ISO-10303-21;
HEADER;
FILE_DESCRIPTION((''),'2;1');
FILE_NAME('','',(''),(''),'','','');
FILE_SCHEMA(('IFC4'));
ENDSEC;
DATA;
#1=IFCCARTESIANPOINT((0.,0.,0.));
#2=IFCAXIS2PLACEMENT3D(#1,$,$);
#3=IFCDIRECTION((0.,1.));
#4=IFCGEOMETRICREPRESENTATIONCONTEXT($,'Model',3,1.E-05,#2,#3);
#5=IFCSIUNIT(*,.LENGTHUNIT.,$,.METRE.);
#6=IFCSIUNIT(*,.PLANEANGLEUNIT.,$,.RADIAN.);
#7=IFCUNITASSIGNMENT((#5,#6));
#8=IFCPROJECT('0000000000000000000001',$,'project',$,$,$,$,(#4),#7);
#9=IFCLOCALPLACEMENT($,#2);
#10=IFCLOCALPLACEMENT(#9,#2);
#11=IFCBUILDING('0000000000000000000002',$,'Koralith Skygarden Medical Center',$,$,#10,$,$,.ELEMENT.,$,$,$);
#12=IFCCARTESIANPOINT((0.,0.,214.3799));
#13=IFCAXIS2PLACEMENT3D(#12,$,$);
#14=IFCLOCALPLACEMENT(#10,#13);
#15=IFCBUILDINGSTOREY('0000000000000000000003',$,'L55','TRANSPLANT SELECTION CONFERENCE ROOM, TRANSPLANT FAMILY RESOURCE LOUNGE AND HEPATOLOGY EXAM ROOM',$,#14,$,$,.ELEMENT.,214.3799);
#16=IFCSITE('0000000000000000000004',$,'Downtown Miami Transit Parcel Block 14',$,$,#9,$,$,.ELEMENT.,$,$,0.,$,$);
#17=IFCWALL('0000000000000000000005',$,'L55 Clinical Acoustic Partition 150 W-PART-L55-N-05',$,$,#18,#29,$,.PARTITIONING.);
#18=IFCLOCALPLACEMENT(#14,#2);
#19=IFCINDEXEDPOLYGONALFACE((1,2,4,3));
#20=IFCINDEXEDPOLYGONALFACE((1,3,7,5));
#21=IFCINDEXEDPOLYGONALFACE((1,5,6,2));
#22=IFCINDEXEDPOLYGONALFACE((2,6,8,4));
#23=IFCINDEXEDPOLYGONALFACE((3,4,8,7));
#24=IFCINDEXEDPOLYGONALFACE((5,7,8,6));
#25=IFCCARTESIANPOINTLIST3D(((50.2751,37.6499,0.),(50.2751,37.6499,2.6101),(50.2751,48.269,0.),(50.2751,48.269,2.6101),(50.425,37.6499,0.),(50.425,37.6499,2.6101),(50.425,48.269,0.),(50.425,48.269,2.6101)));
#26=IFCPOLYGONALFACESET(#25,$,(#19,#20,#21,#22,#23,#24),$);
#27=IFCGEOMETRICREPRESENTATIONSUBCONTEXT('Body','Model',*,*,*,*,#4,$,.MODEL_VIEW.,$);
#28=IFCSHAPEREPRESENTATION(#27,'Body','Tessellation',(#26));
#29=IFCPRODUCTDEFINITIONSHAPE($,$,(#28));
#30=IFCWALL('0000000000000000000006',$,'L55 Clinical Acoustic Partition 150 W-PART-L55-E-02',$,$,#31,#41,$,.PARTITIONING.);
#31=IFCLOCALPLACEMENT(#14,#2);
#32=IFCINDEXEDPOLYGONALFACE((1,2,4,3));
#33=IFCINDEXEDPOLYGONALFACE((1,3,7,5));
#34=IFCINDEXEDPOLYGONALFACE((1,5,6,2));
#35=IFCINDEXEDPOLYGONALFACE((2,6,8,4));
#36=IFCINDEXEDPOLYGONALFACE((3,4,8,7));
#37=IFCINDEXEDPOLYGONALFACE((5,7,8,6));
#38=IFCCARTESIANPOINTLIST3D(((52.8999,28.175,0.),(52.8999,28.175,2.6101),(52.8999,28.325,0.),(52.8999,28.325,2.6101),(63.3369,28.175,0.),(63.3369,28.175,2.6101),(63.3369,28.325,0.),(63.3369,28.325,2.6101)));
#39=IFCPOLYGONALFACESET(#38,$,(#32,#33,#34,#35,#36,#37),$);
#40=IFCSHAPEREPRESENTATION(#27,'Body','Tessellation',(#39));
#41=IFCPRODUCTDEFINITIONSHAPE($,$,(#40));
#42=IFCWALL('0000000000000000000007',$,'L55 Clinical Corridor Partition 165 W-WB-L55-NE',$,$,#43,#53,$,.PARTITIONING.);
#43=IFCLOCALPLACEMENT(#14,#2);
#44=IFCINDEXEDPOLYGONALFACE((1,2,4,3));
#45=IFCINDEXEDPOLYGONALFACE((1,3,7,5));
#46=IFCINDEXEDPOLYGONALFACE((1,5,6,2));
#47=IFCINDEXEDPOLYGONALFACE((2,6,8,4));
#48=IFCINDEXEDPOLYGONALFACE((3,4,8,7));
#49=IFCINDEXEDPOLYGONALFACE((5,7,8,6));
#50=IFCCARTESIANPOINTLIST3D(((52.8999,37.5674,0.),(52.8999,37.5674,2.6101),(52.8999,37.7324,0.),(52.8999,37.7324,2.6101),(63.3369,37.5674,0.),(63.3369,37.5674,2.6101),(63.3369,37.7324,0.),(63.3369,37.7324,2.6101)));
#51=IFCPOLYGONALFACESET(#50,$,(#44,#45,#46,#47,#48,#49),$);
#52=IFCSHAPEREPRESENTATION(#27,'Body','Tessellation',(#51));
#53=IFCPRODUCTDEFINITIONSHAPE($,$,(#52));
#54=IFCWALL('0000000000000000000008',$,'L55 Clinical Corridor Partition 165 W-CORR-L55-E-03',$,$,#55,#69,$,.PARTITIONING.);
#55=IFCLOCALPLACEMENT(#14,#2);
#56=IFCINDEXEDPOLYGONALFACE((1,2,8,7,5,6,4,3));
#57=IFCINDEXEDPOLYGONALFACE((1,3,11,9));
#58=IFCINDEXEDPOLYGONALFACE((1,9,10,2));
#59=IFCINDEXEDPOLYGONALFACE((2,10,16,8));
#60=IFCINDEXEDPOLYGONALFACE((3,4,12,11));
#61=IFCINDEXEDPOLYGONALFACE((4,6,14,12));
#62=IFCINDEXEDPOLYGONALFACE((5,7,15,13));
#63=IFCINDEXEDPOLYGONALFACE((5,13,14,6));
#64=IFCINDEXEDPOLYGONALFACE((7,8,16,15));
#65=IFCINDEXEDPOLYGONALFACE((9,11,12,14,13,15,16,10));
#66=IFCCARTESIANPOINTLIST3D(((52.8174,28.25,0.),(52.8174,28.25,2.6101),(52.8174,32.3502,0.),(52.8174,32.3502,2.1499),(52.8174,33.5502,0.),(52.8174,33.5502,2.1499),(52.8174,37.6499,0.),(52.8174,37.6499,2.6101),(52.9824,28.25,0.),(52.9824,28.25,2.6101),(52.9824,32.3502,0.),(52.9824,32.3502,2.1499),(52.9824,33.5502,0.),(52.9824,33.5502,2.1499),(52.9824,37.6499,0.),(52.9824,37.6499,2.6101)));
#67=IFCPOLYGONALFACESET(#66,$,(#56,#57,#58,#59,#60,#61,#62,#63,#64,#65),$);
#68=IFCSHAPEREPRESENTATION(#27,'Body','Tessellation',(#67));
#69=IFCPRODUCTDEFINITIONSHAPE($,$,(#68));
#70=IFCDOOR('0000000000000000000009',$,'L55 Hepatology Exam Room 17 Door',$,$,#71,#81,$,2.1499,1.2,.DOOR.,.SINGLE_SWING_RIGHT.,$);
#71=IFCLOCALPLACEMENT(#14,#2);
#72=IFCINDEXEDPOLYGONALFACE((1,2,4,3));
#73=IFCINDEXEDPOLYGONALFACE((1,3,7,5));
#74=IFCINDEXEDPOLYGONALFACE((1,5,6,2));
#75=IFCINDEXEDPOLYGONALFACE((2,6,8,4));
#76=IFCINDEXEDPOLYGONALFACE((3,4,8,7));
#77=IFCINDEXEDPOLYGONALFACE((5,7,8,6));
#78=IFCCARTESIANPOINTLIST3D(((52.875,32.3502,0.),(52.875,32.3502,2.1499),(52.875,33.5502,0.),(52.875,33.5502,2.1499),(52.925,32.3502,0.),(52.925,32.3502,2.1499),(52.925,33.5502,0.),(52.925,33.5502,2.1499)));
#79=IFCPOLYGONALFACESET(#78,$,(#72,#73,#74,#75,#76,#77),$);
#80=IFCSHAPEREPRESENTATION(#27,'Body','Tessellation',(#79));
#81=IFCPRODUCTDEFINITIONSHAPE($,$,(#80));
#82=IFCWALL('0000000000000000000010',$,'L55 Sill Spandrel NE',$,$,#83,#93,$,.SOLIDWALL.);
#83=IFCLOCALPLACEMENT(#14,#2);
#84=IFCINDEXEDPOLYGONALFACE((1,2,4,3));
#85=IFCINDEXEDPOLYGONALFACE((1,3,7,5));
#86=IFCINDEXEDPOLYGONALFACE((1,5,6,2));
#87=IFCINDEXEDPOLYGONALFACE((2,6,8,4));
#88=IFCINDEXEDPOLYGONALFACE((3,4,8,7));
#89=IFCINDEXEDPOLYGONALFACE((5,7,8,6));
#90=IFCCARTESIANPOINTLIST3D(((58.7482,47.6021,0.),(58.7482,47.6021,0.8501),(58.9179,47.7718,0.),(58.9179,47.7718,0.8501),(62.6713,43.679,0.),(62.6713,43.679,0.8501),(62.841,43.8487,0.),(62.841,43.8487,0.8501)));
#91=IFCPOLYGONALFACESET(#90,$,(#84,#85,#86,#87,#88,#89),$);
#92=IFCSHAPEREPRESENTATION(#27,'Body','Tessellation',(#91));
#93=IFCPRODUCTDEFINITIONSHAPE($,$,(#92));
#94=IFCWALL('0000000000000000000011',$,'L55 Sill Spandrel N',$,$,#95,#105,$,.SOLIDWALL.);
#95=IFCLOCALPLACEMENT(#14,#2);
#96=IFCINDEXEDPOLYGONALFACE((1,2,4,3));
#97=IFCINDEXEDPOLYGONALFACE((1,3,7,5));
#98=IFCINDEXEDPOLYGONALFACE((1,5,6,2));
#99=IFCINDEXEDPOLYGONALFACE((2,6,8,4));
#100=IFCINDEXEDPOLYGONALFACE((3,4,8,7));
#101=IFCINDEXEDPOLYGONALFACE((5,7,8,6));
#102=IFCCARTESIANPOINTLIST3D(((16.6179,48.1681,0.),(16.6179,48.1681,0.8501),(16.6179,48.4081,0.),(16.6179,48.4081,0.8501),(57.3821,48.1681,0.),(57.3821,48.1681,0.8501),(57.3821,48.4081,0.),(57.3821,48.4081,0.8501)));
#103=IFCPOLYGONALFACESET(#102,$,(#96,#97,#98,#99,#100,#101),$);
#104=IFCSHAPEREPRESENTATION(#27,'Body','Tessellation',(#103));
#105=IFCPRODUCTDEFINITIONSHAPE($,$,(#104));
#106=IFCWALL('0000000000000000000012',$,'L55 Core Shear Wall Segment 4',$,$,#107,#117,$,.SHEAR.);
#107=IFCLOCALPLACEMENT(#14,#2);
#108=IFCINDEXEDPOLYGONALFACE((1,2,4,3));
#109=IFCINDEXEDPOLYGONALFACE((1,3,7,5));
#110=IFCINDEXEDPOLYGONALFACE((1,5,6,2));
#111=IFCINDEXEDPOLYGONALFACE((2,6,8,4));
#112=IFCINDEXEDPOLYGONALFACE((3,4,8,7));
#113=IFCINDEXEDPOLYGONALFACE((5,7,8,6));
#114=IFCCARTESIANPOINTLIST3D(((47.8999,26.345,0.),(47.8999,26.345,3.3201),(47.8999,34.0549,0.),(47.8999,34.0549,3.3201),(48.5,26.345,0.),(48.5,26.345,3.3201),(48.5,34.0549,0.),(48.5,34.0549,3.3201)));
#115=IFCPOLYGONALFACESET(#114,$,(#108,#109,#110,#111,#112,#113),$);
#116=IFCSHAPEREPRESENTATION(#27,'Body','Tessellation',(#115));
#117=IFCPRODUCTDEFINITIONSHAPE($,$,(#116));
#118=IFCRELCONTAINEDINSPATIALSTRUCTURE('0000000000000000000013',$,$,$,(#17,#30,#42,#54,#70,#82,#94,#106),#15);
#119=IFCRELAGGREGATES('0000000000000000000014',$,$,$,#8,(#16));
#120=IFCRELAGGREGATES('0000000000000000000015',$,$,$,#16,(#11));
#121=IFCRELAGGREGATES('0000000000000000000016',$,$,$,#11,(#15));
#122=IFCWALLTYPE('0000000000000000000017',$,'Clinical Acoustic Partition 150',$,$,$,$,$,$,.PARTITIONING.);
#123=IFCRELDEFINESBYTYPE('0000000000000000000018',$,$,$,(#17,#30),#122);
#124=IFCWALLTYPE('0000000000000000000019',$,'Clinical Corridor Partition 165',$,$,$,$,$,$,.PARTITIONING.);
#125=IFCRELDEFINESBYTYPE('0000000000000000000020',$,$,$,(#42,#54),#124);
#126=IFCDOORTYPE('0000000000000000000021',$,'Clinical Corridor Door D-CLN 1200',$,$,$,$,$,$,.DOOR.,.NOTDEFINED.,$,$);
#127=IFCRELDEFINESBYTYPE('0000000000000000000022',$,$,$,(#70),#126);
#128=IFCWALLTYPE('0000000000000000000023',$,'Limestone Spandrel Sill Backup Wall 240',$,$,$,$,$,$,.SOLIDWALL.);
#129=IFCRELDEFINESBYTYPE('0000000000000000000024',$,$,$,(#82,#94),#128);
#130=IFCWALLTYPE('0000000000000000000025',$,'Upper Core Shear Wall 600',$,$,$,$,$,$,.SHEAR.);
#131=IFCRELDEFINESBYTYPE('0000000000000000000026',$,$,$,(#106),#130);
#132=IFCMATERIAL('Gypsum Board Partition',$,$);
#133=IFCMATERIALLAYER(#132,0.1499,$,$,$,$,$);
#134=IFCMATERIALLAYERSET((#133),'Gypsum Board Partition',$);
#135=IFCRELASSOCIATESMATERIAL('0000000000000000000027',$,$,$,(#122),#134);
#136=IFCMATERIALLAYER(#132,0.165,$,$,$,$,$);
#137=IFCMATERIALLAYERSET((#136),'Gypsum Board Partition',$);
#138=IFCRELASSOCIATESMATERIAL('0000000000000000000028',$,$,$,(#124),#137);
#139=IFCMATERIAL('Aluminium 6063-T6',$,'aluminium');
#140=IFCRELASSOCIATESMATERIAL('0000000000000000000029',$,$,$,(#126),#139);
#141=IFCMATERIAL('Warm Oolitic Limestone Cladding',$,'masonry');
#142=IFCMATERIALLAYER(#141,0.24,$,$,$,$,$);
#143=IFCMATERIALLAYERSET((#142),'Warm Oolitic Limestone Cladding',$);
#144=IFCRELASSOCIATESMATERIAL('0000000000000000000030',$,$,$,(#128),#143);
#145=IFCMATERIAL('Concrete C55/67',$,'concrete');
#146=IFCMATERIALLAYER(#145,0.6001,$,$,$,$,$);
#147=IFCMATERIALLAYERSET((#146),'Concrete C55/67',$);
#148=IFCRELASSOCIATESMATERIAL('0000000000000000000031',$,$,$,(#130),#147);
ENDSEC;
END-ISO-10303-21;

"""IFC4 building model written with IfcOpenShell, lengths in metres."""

from ifc_helpers import new_model, si_unit, direction, frame, frame_2d, origin, place, context, subcontext, project, spatial, rectangle, extrude, material, layer, layer_set, type_object, element, fill, save


model = new_model("IFC4")

# Units and contexts
model_context = context("Model", 3, precision=1e-05, world=origin(), true_north=direction((0.0, 1.0)))
body_context = subcontext(model_context, "Body", "Model", "MODEL_VIEW")
ifc_project = project(units=[si_unit("LENGTHUNIT", "METRE"), si_unit("PLANEANGLEUNIT", "RADIAN")], contexts=[model_context])

# Site, building, storey
site_placement = place(None, origin())
site = spatial("IfcSite", under=ifc_project, at=site_placement, Name="Downtown Miami Transit Parcel Block 14", CompositionType="ELEMENT", RefElevation=0.0)
building_placement = place(site_placement, origin())
building = spatial("IfcBuilding", under=site, at=building_placement, Name="Koralith Skygarden Medical Center", CompositionType="ELEMENT")
storey_placement = place(building_placement, frame((0.0, 0.0, 214.3799)))
storey = spatial("IfcBuildingStorey", under=building, at=storey_placement, Name="L55", Description="TRANSPLANT SELECTION CONFERENCE ROOM, TRANSPLANT FAMILY RESOURCE LOUNGE AND HEPATOLOGY EXAM ROOM", CompositionType="ELEMENT", Elevation=214.3799)

# Shared definitions
ifc_material_1 = material(Name="Concrete C55/67", Category="concrete")

# Shared definitions
ifc_material_2 = material(Name="Aluminium 6063-T6", Category="aluminium")

# Shared definitions
ifc_material_3 = material(Name="Warm Oolitic Limestone Cladding", Category="masonry")

# Walls
ifc_material_4 = material(Name="Gypsum Board Partition")
ifc_layer_1 = layer(ifc_material_4, 0.1499)
ifc_layer_set_1 = layer_set([ifc_layer_1], Name="Gypsum Board Partition")
wall_type_1 = type_object("IfcWallType", Name="Clinical Acoustic Partition 150", PredefinedType="PARTITIONING", material=ifc_layer_set_1)
wall_1_placement = place(storey_placement, frame((50.3501, 37.6499, 0.0), z_axis=(0.0, 0.0, 1.0), x_axis=(0.0, 1.0, 0.0)))
element("IfcWall", 1, at=wall_1_placement, inside=storey, type_object=wall_type_1, Name="L55 Clinical Acoustic Partition 150 W-PART-L55-N-05", PredefinedType="PARTITIONING", context=body_context, shape_type="SweptSolid", body=[
    extrude(rectangle(XDim=10.6191, YDim=0.1499, at=frame_2d((5.3096, 0.0))), origin(), (0.0, 0.0, 1.0), 2.6101),
])
wall_2_placement = place(storey_placement, frame((52.8999, 28.25, 0.0), z_axis=(0.0, 0.0, 1.0), x_axis=(1.0, 0.0, 0.0)))
element("IfcWall", 2, at=wall_2_placement, inside=storey, type_object=wall_type_1, Name="L55 Clinical Acoustic Partition 150 W-PART-L55-E-02", PredefinedType="PARTITIONING", context=body_context, shape_type="SweptSolid", body=[
    extrude(rectangle(XDim=10.437, YDim=0.1499, at=frame_2d((5.2185, 0.0))), origin(), (0.0, 0.0, 1.0), 2.6101),
])
ifc_layer_2 = layer(ifc_material_4, 0.165)
ifc_layer_set_2 = layer_set([ifc_layer_2], Name="Gypsum Board Partition")
wall_type_2 = type_object("IfcWallType", Name="Clinical Corridor Partition 165", PredefinedType="PARTITIONING", material=ifc_layer_set_2)
wall_3_placement = place(storey_placement, frame((52.8999, 37.6499, 0.0), z_axis=(0.0, 0.0, 1.0), x_axis=(1.0, 0.0, 0.0)))
element("IfcWall", 3, at=wall_3_placement, inside=storey, type_object=wall_type_2, Name="L55 Clinical Corridor Partition 165 W-WB-L55-NE", PredefinedType="PARTITIONING", context=body_context, shape_type="SweptSolid", body=[
    extrude(rectangle(XDim=10.437, YDim=0.165, at=frame_2d((5.2185, 0.0))), origin(), (0.0, 0.0, 1.0), 2.6101),
])

# Wall, opening, door
wall_4_placement = place(storey_placement, frame((52.8999, 28.25, 0.0), z_axis=(0.0, 0.0, 1.0), x_axis=(0.0, 1.0, 0.0)))
wall_4 = element("IfcWall", 4, at=wall_4_placement, inside=storey, type_object=wall_type_2, Name="L55 Clinical Corridor Partition 165 W-CORR-L55-E-03", PredefinedType="PARTITIONING", context=body_context, shape_type="SweptSolid", body=[
    extrude(rectangle(XDim=9.3999, YDim=0.165, at=frame_2d((4.7, 0.0))), origin(), (0.0, 0.0, 1.0), 2.6101),
])
opening_1_placement = place(wall_4_placement, frame((4.1001, 0.0, 0.0)))
opening_1 = element("IfcOpeningElement", 5, at=opening_1_placement, cuts=wall_4, PredefinedType="OPENING", context=body_context, shape_type="SweptSolid", body=[
    extrude(rectangle(XDim=1.2, YDim=2.1499, at=frame_2d((0.6001, 1.075))), frame((0.0, 0.0925, 0.0), z_axis=(0.0, -1.0, 0.0), x_axis=(1.0, 0.0, 0.0)), (0.0, 0.0, 1.0), 0.1851),
])
door_type_1 = type_object("IfcDoorType", Name="Clinical Corridor Door D-CLN 1200", OperationType="NOTDEFINED", PredefinedType="DOOR", material=ifc_material_2)
door_1_placement = place(opening_1_placement, origin())
door_1 = element("IfcDoor", 6, at=door_1_placement, inside=storey, type_object=door_type_1, Name="L55 Hepatology Exam Room 17 Door", OperationType="SINGLE_SWING_RIGHT", OverallHeight=2.1499, OverallWidth=1.2, PredefinedType="DOOR", context=body_context, shape_type="SweptSolid", body=[
    extrude(rectangle(XDim=1.2, YDim=2.1499, at=frame_2d((0.6001, 1.075))), frame((0.0, 0.0249, 0.0), z_axis=(0.0, -1.0, 0.0), x_axis=(1.0, 0.0, 0.0)), (0.0, 0.0, 1.0), 0.05),
])
fill(opening_1, door_1)

# Walls
ifc_layer_3 = layer(ifc_material_3, 0.24)
ifc_layer_set_3 = layer_set([ifc_layer_3], Name="Warm Oolitic Limestone Cladding")
wall_type_3 = type_object("IfcWallType", Name="Limestone Spandrel Sill Backup Wall 240", PredefinedType="SOLIDWALL", material=ifc_layer_set_3)
wall_5_placement = place(storey_placement, frame((62.7561, 43.7639, 0.0), z_axis=(0.0, 0.0, 1.0), x_axis=(-0.707107, 0.707107, 0.0)))
element("IfcWall", 7, at=wall_5_placement, inside=storey, type_object=wall_type_3, Name="L55 Sill Spandrel NE", PredefinedType="SOLIDWALL", context=body_context, shape_type="SweptSolid", body=[
    extrude(rectangle(XDim=5.5481, YDim=0.24, at=frame_2d((2.7739, 0.0))), origin(), (0.0, 0.0, 1.0), 0.8501),
])
wall_6_placement = place(storey_placement, frame((57.3821, 48.2881, 0.0), z_axis=(0.0, 0.0, 1.0), x_axis=(-1.0, 0.0, 0.0)))
element("IfcWall", 8, at=wall_6_placement, inside=storey, type_object=wall_type_3, Name="L55 Sill Spandrel N", PredefinedType="SOLIDWALL", context=body_context, shape_type="SweptSolid", body=[
    extrude(rectangle(XDim=40.7642, YDim=0.24, at=frame_2d((20.3821, 0.0))), origin(), (0.0, 0.0, 1.0), 0.8501),
])
ifc_layer_4 = layer(ifc_material_1, 0.6001)
ifc_layer_set_4 = layer_set([ifc_layer_4], Name="Concrete C55/67")
wall_type_4 = type_object("IfcWallType", Name="Upper Core Shear Wall 600", PredefinedType="SHEAR", material=ifc_layer_set_4)
wall_7_placement = place(storey_placement, frame((48.2, 26.345, 0.0), z_axis=(0.0, 0.0, 1.0), x_axis=(0.0, 1.0, 0.0)))
element("IfcWall", 9, at=wall_7_placement, inside=storey, type_object=wall_type_4, Name="L55 Core Shear Wall Segment 4", PredefinedType="SHEAR", context=body_context, shape_type="SweptSolid", body=[
    extrude(rectangle(XDim=7.71, YDim=0.6001, at=frame_2d((3.855, 0.0))), origin(), (0.0, 0.0, 1.0), 3.3201),
])

save(model, "model.ifc")
